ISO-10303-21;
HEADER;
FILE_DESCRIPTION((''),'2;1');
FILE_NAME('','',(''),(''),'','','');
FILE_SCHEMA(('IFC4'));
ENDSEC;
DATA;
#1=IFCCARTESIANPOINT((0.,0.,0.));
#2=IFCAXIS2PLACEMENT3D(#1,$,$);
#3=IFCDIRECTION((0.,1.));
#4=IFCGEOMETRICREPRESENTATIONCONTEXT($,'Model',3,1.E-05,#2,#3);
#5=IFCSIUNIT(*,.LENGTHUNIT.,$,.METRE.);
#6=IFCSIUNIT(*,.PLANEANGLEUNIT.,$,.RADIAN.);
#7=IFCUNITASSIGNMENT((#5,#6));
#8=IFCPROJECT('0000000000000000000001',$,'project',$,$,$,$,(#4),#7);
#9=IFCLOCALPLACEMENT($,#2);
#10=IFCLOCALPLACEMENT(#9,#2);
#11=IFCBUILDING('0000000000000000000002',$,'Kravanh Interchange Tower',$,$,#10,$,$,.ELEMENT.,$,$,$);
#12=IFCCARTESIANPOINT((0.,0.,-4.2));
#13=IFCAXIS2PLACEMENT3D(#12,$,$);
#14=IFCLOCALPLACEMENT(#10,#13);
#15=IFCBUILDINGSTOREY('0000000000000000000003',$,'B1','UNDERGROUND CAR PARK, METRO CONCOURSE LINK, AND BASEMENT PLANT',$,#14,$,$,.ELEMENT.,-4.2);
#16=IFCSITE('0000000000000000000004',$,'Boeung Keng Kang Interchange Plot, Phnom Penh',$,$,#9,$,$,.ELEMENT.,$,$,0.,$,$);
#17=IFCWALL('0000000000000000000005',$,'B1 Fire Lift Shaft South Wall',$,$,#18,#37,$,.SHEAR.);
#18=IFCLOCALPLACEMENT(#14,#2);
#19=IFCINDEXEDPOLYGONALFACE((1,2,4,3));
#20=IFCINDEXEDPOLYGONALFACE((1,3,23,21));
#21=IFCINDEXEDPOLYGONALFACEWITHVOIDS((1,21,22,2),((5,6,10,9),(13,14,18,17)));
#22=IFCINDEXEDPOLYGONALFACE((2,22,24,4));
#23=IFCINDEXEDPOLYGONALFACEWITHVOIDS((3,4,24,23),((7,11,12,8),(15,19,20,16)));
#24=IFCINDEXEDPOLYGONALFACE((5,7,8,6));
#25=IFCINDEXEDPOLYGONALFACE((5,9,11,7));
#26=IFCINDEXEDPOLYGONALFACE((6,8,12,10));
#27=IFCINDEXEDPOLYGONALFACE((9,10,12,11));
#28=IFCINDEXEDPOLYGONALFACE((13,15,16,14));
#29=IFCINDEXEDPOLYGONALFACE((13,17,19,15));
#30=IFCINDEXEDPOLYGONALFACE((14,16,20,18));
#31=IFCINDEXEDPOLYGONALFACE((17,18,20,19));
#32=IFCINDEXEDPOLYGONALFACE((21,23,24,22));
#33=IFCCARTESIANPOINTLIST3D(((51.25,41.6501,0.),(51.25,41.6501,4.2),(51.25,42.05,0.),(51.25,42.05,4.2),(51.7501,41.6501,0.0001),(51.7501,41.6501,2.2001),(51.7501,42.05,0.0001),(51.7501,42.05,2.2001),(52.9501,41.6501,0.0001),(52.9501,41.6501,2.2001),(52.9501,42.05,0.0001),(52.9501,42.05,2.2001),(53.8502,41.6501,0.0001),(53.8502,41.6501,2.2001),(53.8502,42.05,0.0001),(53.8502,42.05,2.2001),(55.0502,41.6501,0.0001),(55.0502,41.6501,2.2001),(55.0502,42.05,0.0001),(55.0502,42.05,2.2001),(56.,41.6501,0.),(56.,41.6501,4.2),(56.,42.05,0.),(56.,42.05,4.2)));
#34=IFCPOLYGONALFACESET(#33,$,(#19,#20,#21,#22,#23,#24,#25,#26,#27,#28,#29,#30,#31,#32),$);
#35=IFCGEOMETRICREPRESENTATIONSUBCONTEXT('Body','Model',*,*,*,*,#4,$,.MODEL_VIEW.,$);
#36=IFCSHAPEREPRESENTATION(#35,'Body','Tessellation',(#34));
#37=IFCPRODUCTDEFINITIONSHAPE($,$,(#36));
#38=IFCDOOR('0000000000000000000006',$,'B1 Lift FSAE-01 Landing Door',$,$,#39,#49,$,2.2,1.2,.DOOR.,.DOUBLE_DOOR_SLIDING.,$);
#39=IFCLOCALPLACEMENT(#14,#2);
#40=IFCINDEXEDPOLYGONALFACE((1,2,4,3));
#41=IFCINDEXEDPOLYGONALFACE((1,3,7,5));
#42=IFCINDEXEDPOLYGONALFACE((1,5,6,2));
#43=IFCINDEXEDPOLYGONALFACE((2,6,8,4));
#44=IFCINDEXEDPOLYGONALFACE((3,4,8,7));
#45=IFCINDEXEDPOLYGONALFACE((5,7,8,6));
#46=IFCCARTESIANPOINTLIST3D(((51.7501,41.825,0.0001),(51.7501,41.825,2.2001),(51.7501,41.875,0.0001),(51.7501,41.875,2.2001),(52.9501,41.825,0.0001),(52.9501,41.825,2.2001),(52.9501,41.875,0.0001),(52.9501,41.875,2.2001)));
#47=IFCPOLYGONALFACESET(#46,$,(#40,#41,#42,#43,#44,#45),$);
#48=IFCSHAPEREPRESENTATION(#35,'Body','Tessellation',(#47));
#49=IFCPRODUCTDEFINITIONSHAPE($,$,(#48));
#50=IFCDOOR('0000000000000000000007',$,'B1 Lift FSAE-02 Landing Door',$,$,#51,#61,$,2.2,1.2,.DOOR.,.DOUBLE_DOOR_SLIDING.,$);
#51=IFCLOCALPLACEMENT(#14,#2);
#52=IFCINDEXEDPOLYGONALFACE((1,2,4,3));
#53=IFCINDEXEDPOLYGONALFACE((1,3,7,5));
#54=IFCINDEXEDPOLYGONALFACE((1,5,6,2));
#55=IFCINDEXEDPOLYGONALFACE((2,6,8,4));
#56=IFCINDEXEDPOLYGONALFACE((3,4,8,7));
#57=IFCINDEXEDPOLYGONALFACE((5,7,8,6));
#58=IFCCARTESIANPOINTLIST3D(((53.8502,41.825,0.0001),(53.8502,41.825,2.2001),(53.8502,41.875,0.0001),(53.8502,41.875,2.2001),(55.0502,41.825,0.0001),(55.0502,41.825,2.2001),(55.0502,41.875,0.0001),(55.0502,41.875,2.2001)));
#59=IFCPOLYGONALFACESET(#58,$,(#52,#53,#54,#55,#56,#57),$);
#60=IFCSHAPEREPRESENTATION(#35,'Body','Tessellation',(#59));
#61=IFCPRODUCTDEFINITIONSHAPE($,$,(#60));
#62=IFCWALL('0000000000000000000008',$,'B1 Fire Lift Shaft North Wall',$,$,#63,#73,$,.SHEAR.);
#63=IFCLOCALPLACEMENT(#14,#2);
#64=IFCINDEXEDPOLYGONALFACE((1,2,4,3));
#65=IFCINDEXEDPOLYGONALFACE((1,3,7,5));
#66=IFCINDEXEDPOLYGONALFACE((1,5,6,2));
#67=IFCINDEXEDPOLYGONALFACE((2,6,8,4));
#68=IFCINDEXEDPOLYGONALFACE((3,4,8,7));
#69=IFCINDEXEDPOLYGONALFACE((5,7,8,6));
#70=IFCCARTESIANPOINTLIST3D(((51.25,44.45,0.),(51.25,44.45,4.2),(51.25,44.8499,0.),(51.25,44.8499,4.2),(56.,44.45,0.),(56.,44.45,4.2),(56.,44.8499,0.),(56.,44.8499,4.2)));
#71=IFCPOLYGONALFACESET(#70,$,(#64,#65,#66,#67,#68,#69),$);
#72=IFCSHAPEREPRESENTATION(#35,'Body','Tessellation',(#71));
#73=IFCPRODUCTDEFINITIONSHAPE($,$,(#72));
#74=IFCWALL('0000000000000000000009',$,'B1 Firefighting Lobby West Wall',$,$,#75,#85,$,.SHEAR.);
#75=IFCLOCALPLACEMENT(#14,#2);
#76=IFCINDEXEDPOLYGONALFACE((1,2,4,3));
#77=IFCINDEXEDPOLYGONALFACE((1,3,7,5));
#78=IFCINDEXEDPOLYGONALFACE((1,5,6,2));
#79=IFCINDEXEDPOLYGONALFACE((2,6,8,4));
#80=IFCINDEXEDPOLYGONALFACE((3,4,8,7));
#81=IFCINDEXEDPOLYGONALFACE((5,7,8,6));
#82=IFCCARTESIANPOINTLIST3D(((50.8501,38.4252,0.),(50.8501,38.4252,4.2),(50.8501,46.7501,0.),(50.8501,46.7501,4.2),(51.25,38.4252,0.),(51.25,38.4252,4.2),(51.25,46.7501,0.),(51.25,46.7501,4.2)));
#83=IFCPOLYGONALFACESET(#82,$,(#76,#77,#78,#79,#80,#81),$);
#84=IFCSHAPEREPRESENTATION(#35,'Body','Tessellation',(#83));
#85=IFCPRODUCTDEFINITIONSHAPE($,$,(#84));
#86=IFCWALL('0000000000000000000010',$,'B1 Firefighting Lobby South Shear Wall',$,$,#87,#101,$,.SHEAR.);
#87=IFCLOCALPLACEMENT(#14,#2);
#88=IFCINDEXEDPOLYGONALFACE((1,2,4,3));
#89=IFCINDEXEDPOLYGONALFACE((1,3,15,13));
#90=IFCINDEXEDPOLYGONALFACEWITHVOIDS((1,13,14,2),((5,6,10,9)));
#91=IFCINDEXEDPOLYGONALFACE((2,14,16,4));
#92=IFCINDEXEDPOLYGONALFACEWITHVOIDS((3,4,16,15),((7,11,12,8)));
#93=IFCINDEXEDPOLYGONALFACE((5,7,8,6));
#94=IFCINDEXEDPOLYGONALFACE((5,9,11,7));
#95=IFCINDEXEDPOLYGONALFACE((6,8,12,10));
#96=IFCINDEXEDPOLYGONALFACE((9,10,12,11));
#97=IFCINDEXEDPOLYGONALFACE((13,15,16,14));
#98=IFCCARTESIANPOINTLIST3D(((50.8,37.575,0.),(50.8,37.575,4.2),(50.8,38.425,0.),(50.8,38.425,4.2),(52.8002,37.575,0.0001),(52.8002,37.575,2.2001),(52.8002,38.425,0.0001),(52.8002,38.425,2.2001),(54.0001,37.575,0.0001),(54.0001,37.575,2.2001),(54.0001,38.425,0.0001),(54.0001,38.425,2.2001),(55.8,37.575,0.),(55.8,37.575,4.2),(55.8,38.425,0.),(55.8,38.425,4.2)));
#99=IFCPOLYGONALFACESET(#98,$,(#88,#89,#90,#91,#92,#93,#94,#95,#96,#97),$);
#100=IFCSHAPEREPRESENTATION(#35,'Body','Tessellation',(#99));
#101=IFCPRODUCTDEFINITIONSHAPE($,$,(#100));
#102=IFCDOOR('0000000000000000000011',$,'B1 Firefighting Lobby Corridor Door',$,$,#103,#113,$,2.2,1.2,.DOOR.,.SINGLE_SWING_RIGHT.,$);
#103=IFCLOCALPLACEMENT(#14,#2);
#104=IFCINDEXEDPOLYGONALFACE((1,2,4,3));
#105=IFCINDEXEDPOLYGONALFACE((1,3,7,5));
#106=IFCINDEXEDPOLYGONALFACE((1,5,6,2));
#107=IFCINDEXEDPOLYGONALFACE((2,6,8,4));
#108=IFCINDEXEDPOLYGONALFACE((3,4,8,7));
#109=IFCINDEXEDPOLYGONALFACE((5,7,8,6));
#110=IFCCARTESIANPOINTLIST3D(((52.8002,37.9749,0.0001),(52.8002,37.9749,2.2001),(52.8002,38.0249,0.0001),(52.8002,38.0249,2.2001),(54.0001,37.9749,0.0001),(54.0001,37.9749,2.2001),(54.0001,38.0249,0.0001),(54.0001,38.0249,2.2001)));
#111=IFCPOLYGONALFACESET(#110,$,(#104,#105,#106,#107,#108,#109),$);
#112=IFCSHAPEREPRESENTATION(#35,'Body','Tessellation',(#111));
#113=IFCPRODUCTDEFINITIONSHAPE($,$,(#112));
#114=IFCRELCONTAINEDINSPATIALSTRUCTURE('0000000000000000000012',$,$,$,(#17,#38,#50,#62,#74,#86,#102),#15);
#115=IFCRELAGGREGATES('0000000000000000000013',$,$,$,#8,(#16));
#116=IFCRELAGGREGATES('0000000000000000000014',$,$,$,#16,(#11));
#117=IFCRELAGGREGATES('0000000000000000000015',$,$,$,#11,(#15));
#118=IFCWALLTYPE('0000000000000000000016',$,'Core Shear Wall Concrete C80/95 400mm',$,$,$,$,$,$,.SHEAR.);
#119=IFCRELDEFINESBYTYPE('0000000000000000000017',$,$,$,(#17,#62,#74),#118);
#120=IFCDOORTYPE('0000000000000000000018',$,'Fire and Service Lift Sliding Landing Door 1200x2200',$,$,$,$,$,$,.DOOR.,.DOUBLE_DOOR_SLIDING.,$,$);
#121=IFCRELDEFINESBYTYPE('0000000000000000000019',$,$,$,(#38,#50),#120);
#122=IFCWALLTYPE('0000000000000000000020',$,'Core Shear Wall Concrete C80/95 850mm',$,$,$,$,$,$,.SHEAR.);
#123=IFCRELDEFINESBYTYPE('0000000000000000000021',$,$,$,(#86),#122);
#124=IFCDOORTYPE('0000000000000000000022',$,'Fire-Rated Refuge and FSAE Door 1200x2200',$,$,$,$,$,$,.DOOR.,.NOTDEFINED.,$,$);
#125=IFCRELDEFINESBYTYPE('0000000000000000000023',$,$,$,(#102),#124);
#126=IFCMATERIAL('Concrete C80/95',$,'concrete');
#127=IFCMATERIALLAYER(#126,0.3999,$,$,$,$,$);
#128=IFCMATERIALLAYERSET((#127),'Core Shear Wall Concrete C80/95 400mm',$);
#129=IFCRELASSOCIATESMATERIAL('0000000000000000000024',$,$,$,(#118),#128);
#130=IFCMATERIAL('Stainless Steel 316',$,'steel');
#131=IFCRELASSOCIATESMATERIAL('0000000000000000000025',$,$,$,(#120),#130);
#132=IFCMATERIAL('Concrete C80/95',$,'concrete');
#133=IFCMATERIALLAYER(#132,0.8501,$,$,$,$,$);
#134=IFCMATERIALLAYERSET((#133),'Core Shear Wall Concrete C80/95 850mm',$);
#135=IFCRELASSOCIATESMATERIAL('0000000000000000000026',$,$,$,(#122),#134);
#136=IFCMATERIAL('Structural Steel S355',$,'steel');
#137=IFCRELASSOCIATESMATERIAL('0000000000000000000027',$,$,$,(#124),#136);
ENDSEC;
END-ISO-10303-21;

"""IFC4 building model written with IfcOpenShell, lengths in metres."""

from ifc_helpers import new_model, si_unit, direction, frame, frame_2d, origin, place, context, subcontext, project, spatial, rectangle, extrude, material, layer, layer_set, type_object, element, fill, save


model = new_model("IFC4")

# Units and contexts
model_context = context("Model", 3, precision=1e-05, world=origin(), true_north=direction((0.0, 1.0)))
body_context = subcontext(model_context, "Body", "Model", "MODEL_VIEW")
ifc_project = project(units=[si_unit("LENGTHUNIT", "METRE"), si_unit("PLANEANGLEUNIT", "RADIAN")], contexts=[model_context])

# Site, building, storey
site_placement = place(None, origin())
site = spatial("IfcSite", under=ifc_project, at=site_placement, Name="Boeung Keng Kang Interchange Plot, Phnom Penh", CompositionType="ELEMENT", RefElevation=0.0)
building_placement = place(site_placement, origin())
building = spatial("IfcBuilding", under=site, at=building_placement, Name="Kravanh Interchange Tower", CompositionType="ELEMENT")
storey_placement = place(building_placement, frame((0.0, 0.0, -4.2)))
storey = spatial("IfcBuildingStorey", under=building, at=storey_placement, Name="B1", Description="UNDERGROUND CAR PARK, METRO CONCOURSE LINK, AND BASEMENT PLANT", CompositionType="ELEMENT", Elevation=-4.2)

# Wall, openings, doors
ifc_material_1 = material(Name="Concrete C80/95", Category="concrete")
ifc_layer_1 = layer(ifc_material_1, 0.3999)
ifc_layer_set_1 = layer_set([ifc_layer_1], Name="Core Shear Wall Concrete C80/95 400mm")
wall_type_1 = type_object("IfcWallType", Name="Core Shear Wall Concrete C80/95 400mm", PredefinedType="SHEAR", material=ifc_layer_set_1)
wall_1_placement = place(storey_placement, frame((51.25, 41.8501, 0.0), z_axis=(0.0, 0.0, 1.0), x_axis=(1.0, 0.0, 0.0)))
wall_1 = element("IfcWall", 1, at=wall_1_placement, inside=storey, type_object=wall_type_1, Name="B1 Fire Lift Shaft South Wall", PredefinedType="SHEAR", context=body_context, shape_type="SweptSolid", body=[
    extrude(rectangle(XDim=4.75, YDim=0.3999, at=frame_2d((2.375, 0.0))), origin(), (0.0, 0.0, 1.0), 4.2),
])
opening_1_placement = place(wall_1_placement, frame((0.5, 0.0, 0.0)))
opening_1 = element("IfcOpeningElement", 2, at=opening_1_placement, cuts=wall_1, PredefinedType="OPENING", context=body_context, shape_type="SweptSolid", body=[
    extrude(rectangle(XDim=1.2, YDim=2.2, at=frame_2d((0.6001, 1.1001))), frame((0.0, 0.21, 0.0), z_axis=(0.0, -1.0, 0.0), x_axis=(1.0, 0.0, 0.0)), (0.0, 0.0, 1.0), 0.4199),
])
opening_2_placement = place(wall_1_placement, frame((2.6001, 0.0, 0.0)))
opening_2 = element("IfcOpeningElement", 3, at=opening_2_placement, cuts=wall_1, PredefinedType="OPENING", context=body_context, shape_type="SweptSolid", body=[
    extrude(rectangle(XDim=1.2, YDim=2.2, at=frame_2d((0.6001, 1.1001))), frame((0.0, 0.21, 0.0), z_axis=(0.0, -1.0, 0.0), x_axis=(1.0, 0.0, 0.0)), (0.0, 0.0, 1.0), 0.4199),
])
ifc_material_2 = material(Name="Stainless Steel 316", Category="steel")
door_type_1 = type_object("IfcDoorType", Name="Fire and Service Lift Sliding Landing Door 1200x2200", OperationType="DOUBLE_DOOR_SLIDING", PredefinedType="DOOR", material=ifc_material_2)
door_1_placement = place(opening_1_placement, origin())
door_1 = element("IfcDoor", 4, at=door_1_placement, inside=storey, type_object=door_type_1, Name="B1 Lift FSAE-01 Landing Door", OperationType="DOUBLE_DOOR_SLIDING", OverallHeight=2.2, OverallWidth=1.2, PredefinedType="DOOR", context=body_context, shape_type="SweptSolid", body=[
    extrude(rectangle(XDim=1.2, YDim=2.2, at=frame_2d((0.6001, 1.1001))), frame((0.0, 0.0249, 0.0), z_axis=(0.0, -1.0, 0.0), x_axis=(1.0, 0.0, 0.0)), (0.0, 0.0, 1.0), 0.05),
])
fill(opening_1, door_1)
door_2_placement = place(opening_2_placement, origin())
door_2 = element("IfcDoor", 5, at=door_2_placement, inside=storey, type_object=door_type_1, Name="B1 Lift FSAE-02 Landing Door", OperationType="DOUBLE_DOOR_SLIDING", OverallHeight=2.2, OverallWidth=1.2, PredefinedType="DOOR", context=body_context, shape_type="SweptSolid", body=[
    extrude(rectangle(XDim=1.2, YDim=2.2, at=frame_2d((0.6001, 1.1001))), frame((0.0, 0.0249, 0.0), z_axis=(0.0, -1.0, 0.0), x_axis=(1.0, 0.0, 0.0)), (0.0, 0.0, 1.0), 0.05),
])
fill(opening_2, door_2)

# Walls
wall_2_placement = place(storey_placement, frame((51.25, 44.6499, 0.0), z_axis=(0.0, 0.0, 1.0), x_axis=(1.0, 0.0, 0.0)))
element("IfcWall", 6, at=wall_2_placement, inside=storey, type_object=wall_type_1, Name="B1 Fire Lift Shaft North Wall", PredefinedType="SHEAR", context=body_context, shape_type="SweptSolid", body=[
    extrude(rectangle(XDim=4.75, YDim=0.3999, at=frame_2d((2.375, 0.0))), origin(), (0.0, 0.0, 1.0), 4.2),
])
wall_3_placement = place(storey_placement, frame((51.05, 38.425, 0.0), z_axis=(0.0, 0.0, 1.0), x_axis=(0.0, 1.0, 0.0)))
element("IfcWall", 7, at=wall_3_placement, inside=storey, type_object=wall_type_1, Name="B1 Firefighting Lobby West Wall", PredefinedType="SHEAR", context=body_context, shape_type="SweptSolid", body=[
    extrude(rectangle(XDim=8.325, YDim=0.3999, at=frame_2d((4.1626, 0.0))), origin(), (0.0, 0.0, 1.0), 4.2),
])

# Shared definitions
ifc_material_3 = material(Name="Concrete C80/95", Category="concrete")
ifc_layer_2 = layer(ifc_material_3, 0.8501)
ifc_layer_set_2 = layer_set([ifc_layer_2], Name="Core Shear Wall Concrete C80/95 850mm")
wall_type_2 = type_object("IfcWallType", Name="Core Shear Wall Concrete C80/95 850mm", PredefinedType="SHEAR", material=ifc_layer_set_2)

# Wall, opening, door
wall_4_placement = place(storey_placement, frame((50.8, 38.0, 0.0), z_axis=(0.0, 0.0, 1.0), x_axis=(1.0, 0.0, 0.0)))
wall_4 = element("IfcWall", 8, at=wall_4_placement, inside=storey, type_object=wall_type_2, Name="B1 Firefighting Lobby South Shear Wall", PredefinedType="SHEAR", context=body_context, shape_type="SweptSolid", body=[
    extrude(rectangle(XDim=5.0, YDim=0.8501, at=frame_2d((2.5, 0.0))), origin(), (0.0, 0.0, 1.0), 4.2),
])
opening_3_placement = place(wall_4_placement, frame((2.0, 0.0, 0.0)))
opening_3 = element("IfcOpeningElement", 9, at=opening_3_placement, cuts=wall_4, PredefinedType="OPENING", context=body_context, shape_type="SweptSolid", body=[
    extrude(rectangle(XDim=1.2, YDim=2.2, at=frame_2d((0.6001, 1.1001))), frame((0.0, 0.4351, 0.0), z_axis=(0.0, -1.0, 0.0), x_axis=(1.0, 0.0, 0.0)), (0.0, 0.0, 1.0), 0.8701),
])
ifc_material_4 = material(Name="Structural Steel S355", Category="steel")
door_type_2 = type_object("IfcDoorType", Name="Fire-Rated Refuge and FSAE Door 1200x2200", OperationType="NOTDEFINED", PredefinedType="DOOR", material=ifc_material_4)
door_3_placement = place(opening_3_placement, origin())
door_3 = element("IfcDoor", 10, at=door_3_placement, inside=storey, type_object=door_type_2, Name="B1 Firefighting Lobby Corridor Door", OperationType="SINGLE_SWING_RIGHT", OverallHeight=2.2, OverallWidth=1.2, PredefinedType="DOOR", context=body_context, shape_type="SweptSolid", body=[
    extrude(rectangle(XDim=1.2, YDim=2.2, at=frame_2d((0.6001, 1.1001))), frame((0.0, 0.0249, 0.0), z_axis=(0.0, -1.0, 0.0), x_axis=(1.0, 0.0, 0.0)), (0.0, 0.0, 1.0), 0.05),
])
fill(opening_3, door_3)

save(model, "model.ifc")
